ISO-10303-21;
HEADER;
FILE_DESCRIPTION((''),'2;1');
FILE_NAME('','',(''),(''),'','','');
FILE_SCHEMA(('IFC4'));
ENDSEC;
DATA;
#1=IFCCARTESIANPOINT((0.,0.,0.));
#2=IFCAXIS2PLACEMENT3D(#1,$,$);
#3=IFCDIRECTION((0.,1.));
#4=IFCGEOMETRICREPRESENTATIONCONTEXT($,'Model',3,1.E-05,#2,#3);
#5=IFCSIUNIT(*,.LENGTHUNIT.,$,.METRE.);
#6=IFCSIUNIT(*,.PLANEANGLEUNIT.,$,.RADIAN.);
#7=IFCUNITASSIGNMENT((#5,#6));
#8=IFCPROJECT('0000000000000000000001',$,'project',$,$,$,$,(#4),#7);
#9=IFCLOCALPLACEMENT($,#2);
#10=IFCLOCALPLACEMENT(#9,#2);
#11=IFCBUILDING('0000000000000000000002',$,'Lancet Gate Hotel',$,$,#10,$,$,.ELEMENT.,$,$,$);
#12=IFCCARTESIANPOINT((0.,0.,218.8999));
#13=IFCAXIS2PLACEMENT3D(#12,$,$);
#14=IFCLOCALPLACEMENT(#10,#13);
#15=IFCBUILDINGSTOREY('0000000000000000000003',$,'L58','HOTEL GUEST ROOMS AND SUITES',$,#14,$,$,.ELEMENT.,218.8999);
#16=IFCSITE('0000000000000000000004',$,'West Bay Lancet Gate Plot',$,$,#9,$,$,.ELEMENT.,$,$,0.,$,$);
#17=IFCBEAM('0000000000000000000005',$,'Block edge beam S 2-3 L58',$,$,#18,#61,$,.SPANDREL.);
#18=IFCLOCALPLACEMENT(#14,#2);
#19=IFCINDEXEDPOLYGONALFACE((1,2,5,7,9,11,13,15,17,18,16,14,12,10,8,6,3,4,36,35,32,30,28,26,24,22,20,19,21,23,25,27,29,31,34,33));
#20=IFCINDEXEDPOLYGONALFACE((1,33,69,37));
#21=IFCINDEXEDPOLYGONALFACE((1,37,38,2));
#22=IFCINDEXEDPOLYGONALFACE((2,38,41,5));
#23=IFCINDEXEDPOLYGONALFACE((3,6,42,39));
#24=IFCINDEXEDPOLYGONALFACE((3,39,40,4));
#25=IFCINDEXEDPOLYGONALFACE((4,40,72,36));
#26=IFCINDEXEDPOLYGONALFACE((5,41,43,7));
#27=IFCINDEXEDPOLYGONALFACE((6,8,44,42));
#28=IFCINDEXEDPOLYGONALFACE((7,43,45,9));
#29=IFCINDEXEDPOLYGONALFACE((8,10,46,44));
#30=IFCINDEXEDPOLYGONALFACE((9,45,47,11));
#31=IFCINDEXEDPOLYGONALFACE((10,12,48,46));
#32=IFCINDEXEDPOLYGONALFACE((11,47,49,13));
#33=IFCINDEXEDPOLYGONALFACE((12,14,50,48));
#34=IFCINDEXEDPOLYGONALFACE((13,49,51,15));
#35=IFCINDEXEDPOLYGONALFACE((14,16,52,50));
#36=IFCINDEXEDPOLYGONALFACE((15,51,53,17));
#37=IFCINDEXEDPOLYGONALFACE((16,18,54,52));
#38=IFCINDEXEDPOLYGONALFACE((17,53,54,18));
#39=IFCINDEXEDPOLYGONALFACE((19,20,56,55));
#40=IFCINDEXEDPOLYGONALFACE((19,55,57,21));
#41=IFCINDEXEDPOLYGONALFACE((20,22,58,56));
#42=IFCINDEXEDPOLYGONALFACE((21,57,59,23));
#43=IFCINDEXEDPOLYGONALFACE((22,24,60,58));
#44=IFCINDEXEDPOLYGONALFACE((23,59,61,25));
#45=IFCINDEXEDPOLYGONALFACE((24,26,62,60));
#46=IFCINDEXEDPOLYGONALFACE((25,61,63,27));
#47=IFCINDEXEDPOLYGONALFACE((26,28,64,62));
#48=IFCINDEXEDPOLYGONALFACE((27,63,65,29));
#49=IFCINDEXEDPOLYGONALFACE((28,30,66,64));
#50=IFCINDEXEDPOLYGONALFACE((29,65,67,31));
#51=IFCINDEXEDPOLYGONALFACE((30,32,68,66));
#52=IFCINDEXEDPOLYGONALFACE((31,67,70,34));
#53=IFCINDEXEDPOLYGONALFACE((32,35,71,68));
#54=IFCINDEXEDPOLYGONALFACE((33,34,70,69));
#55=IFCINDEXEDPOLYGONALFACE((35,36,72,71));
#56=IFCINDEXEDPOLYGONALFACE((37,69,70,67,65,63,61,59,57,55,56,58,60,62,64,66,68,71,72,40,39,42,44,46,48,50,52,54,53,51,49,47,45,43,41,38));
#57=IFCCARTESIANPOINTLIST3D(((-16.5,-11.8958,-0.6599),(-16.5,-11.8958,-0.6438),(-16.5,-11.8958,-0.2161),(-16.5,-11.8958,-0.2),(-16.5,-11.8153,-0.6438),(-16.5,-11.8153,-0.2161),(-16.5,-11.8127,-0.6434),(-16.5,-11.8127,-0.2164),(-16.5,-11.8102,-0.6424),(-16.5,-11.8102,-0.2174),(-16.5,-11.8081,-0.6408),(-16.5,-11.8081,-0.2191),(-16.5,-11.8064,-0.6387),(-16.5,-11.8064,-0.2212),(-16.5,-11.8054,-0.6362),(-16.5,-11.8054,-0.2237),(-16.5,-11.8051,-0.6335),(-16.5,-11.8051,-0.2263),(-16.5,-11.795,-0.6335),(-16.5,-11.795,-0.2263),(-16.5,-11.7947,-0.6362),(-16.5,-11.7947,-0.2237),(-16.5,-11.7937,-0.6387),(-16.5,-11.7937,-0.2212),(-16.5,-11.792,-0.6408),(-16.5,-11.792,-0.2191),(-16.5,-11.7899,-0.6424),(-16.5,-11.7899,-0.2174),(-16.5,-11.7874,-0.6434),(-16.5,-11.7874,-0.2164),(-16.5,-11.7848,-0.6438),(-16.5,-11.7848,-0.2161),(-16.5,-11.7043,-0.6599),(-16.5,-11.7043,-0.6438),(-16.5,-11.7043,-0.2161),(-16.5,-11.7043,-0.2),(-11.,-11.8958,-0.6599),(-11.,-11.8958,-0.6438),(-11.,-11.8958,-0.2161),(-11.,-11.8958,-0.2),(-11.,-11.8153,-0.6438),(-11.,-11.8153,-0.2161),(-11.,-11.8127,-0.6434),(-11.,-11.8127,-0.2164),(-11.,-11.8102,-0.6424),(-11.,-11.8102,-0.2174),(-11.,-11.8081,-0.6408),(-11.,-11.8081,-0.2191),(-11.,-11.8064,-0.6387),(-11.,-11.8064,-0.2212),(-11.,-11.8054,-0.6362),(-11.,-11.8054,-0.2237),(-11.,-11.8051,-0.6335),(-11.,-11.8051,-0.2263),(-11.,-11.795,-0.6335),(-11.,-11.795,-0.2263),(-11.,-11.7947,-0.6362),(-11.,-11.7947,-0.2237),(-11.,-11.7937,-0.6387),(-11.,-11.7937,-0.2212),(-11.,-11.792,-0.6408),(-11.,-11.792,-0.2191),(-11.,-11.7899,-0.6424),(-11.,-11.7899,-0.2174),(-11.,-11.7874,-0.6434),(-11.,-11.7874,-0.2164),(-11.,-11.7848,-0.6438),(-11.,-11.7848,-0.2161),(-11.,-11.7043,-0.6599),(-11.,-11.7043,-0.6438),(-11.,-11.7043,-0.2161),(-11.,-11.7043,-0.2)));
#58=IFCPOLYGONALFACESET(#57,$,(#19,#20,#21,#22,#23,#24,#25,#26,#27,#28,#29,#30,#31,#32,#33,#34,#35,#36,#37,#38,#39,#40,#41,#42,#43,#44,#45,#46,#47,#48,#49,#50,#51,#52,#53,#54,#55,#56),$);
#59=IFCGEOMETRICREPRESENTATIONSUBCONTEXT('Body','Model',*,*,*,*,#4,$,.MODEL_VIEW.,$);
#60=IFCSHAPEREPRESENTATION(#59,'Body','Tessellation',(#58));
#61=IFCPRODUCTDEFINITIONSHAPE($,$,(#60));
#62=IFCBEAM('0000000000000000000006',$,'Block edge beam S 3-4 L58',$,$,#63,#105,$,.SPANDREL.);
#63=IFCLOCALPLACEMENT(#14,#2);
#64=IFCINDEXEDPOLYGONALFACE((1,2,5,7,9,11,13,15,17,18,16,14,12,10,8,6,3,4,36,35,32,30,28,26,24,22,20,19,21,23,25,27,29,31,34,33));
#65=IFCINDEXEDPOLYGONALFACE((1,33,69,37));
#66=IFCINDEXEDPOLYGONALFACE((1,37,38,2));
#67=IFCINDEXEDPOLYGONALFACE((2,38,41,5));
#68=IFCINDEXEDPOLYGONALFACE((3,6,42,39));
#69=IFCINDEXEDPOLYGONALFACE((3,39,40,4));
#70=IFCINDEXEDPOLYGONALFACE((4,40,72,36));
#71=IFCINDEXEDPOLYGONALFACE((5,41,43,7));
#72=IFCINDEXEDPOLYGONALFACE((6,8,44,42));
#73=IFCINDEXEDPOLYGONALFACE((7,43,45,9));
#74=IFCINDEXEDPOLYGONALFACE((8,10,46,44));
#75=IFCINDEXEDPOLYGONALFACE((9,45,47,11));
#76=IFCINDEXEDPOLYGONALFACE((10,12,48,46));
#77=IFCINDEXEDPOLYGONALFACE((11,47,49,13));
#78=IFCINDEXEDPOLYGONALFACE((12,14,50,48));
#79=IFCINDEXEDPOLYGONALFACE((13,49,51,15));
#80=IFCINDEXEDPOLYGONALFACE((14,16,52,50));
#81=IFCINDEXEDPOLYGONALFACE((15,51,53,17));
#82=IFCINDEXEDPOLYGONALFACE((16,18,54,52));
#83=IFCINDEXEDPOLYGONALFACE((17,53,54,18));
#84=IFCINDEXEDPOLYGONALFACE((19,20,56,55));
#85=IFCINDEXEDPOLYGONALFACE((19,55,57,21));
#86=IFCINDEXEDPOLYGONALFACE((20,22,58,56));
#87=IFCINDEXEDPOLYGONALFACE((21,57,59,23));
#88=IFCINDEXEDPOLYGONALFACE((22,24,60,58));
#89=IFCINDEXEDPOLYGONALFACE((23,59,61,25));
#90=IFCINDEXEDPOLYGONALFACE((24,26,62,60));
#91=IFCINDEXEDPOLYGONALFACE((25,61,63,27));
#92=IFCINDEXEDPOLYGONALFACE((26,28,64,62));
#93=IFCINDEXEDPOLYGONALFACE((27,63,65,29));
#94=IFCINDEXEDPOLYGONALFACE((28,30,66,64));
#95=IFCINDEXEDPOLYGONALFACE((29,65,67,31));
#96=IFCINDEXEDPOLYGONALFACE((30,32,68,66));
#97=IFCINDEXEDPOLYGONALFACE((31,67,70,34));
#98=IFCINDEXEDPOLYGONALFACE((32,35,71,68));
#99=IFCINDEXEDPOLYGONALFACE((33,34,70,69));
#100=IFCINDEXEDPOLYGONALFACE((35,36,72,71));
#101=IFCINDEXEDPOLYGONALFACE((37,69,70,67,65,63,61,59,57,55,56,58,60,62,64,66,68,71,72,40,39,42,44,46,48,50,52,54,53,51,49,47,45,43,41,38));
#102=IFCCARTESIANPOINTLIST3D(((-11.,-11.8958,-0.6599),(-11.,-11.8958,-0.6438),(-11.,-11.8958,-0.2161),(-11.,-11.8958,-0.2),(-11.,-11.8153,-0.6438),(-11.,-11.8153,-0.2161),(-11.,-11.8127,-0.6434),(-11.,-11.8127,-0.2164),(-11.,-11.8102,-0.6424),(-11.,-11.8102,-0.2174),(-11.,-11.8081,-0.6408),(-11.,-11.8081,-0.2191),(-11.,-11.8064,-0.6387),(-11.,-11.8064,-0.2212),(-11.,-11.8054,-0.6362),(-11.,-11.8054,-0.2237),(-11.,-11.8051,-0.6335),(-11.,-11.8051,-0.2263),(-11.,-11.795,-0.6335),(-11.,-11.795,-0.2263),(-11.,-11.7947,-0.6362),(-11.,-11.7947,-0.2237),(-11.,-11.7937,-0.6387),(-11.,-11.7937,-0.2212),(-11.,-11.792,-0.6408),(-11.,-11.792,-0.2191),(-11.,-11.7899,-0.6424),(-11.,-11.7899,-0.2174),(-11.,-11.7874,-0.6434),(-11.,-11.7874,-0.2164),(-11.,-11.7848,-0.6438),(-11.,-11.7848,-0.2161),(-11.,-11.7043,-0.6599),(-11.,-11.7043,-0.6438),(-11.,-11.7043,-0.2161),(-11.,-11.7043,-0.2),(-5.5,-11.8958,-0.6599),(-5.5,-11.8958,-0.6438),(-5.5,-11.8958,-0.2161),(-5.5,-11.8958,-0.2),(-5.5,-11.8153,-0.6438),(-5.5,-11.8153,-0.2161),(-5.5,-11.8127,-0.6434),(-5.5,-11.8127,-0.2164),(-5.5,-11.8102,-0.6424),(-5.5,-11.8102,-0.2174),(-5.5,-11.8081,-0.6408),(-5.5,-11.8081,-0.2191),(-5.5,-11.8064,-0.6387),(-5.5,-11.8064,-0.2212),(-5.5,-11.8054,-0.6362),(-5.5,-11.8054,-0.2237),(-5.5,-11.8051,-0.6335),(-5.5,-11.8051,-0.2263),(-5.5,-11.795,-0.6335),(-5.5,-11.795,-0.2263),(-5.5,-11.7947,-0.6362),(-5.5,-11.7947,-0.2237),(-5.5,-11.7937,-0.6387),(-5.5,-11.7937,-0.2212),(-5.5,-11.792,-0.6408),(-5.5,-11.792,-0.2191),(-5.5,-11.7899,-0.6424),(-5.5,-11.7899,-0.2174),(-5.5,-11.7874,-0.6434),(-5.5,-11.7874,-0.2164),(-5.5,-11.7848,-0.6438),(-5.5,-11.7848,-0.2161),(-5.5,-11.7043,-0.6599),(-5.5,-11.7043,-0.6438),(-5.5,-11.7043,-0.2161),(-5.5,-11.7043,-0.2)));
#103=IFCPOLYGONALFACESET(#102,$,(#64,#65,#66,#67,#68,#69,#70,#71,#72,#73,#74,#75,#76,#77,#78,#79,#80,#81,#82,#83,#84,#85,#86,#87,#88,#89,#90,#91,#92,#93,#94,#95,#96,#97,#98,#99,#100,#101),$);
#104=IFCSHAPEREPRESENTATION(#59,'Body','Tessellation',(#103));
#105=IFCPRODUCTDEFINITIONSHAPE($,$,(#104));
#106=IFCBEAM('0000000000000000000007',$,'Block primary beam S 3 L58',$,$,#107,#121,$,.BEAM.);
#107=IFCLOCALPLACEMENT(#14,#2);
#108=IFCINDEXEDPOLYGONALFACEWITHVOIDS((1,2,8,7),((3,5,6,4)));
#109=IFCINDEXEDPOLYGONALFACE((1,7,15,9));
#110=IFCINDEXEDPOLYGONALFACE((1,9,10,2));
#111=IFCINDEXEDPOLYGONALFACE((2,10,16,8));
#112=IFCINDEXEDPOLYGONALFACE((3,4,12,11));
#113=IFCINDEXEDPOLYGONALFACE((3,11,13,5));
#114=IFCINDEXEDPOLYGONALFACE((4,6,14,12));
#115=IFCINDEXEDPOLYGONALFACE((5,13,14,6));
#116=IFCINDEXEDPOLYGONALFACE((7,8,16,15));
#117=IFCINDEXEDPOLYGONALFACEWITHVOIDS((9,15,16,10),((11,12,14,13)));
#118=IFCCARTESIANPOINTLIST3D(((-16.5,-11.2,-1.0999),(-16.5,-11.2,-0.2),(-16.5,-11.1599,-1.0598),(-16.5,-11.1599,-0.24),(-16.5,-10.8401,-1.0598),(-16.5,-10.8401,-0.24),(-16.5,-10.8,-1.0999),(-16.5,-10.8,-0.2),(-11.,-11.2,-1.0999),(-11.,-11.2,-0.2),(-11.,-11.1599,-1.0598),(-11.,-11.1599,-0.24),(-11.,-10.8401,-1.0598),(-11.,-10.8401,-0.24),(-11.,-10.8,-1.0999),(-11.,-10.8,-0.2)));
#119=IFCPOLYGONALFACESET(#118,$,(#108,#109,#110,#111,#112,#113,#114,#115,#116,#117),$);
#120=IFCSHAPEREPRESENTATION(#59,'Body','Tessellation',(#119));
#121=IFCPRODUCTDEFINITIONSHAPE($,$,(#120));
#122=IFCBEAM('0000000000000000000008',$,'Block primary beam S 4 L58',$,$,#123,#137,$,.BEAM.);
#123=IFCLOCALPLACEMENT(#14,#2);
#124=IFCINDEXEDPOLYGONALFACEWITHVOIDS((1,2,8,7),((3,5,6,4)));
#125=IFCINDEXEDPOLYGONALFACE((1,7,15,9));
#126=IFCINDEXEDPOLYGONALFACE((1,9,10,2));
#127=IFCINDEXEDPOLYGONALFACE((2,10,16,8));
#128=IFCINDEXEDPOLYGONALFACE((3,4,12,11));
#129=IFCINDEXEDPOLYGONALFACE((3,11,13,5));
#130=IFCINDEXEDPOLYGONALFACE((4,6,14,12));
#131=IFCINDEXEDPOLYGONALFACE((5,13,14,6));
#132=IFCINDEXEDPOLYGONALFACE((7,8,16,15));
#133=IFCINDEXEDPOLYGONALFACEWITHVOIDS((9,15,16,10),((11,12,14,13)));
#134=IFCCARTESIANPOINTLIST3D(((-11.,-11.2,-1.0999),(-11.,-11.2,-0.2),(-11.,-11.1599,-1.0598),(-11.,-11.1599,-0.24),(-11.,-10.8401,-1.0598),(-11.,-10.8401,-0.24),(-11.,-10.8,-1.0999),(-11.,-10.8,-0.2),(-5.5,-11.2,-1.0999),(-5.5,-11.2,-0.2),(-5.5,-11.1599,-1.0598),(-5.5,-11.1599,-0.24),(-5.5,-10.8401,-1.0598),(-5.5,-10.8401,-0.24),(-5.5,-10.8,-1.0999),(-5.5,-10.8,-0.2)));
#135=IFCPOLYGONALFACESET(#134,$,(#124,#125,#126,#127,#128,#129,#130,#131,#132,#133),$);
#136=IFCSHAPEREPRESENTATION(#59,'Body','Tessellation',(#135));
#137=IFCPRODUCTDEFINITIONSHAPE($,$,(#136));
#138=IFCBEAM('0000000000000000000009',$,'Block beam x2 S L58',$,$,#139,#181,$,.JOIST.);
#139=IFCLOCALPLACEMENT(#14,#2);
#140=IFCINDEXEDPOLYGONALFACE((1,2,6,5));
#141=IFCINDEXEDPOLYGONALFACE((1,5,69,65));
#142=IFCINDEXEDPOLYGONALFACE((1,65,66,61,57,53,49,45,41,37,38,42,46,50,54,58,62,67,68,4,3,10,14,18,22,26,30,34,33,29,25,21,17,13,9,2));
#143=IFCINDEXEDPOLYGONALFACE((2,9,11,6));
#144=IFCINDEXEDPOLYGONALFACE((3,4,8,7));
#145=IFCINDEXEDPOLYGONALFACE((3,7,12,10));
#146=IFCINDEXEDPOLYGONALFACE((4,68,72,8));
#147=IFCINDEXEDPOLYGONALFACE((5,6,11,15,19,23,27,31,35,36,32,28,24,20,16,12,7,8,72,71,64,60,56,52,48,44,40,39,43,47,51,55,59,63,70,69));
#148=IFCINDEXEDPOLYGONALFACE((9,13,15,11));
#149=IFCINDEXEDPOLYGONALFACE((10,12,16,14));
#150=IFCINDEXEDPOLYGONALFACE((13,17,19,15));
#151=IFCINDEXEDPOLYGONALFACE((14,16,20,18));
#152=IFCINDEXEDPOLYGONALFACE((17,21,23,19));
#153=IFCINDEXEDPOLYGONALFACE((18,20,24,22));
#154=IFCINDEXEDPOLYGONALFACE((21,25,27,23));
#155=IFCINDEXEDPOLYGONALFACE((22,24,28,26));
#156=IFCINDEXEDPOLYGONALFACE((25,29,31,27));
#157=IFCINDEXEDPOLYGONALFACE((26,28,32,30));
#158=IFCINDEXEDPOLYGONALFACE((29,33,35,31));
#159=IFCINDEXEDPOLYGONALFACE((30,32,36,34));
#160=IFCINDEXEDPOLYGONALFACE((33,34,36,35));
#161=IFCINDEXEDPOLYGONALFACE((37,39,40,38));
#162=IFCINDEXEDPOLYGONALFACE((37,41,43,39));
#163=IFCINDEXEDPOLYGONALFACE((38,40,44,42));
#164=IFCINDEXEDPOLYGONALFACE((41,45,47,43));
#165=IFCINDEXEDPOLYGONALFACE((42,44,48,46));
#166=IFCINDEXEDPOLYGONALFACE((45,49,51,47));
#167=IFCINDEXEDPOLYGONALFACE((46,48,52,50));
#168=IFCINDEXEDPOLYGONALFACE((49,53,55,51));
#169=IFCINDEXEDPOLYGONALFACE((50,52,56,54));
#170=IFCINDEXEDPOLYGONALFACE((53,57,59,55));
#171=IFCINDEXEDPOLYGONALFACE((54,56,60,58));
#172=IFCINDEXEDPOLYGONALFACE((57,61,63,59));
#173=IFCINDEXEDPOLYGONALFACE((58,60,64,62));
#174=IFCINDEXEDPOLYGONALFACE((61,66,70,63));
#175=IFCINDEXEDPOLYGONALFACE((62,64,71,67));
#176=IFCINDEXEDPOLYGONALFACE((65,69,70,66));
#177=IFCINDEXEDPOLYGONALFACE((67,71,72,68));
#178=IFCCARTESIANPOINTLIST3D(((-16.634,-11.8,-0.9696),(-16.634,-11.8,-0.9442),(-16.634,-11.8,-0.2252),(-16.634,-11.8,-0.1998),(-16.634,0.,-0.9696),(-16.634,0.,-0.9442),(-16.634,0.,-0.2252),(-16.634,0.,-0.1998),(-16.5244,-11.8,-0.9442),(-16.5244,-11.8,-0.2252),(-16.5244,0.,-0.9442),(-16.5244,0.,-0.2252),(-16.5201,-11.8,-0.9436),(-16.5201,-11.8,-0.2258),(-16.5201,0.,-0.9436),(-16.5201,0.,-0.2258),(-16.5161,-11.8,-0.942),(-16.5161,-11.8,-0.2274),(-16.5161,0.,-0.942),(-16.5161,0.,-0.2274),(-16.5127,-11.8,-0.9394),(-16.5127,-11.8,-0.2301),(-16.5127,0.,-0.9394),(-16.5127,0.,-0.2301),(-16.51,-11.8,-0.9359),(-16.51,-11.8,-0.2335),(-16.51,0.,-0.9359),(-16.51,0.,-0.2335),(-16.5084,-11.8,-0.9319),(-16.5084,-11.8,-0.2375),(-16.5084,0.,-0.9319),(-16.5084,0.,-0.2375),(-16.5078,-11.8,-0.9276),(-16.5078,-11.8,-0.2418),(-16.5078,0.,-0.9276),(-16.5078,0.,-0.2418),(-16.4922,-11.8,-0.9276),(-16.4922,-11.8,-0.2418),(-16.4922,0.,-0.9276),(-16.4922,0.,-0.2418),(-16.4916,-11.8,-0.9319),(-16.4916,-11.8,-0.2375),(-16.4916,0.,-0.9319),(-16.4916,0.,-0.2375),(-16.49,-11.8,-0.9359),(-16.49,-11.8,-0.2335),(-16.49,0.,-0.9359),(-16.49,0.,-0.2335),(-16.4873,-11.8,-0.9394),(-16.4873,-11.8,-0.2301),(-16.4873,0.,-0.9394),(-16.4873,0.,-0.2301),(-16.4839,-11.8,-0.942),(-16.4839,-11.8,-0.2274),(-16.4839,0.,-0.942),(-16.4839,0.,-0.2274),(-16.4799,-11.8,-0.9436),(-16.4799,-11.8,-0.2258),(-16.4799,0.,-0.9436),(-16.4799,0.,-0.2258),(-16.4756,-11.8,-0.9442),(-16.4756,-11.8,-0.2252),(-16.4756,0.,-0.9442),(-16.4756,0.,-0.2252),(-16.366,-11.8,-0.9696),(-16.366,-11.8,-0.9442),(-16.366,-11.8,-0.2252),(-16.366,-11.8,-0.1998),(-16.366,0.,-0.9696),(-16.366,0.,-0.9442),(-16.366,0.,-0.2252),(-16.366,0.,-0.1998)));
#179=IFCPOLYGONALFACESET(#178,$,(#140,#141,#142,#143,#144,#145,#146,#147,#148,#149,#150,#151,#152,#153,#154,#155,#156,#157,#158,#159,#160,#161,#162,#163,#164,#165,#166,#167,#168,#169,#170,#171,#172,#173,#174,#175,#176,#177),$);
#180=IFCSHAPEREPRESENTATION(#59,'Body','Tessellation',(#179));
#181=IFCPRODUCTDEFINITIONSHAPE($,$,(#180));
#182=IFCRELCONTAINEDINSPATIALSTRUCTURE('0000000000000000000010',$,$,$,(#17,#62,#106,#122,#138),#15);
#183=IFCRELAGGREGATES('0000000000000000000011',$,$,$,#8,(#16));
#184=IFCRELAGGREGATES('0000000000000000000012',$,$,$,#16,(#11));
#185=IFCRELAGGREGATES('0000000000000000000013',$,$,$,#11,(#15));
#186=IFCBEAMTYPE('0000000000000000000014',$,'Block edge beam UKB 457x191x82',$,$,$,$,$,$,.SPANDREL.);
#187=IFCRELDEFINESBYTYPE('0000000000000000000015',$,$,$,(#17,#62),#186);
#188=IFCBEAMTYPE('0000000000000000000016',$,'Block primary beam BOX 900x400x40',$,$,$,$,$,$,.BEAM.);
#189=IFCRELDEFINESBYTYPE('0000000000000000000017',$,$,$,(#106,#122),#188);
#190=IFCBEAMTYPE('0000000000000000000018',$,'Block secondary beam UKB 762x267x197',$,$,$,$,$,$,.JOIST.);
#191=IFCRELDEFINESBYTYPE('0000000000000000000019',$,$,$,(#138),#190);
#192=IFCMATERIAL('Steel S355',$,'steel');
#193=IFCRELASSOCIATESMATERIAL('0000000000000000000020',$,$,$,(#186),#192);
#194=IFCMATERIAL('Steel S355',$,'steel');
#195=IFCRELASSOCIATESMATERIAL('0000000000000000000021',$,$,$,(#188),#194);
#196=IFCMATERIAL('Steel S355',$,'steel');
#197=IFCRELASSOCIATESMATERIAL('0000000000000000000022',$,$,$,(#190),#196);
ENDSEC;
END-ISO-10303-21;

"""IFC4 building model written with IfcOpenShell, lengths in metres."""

from ifc_helpers import new_model, si_unit, direction, frame, origin, origin_2d, place, context, subcontext, project, spatial, hollow_rectangle, i_section, extrude, material, material_profile, profile_set, type_object, element, save


model = new_model("IFC4")

# Units and contexts
model_context = context("Model", 3, precision=1e-05, world=origin(), true_north=direction((0.0, 1.0)))
body_context = subcontext(model_context, "Body", "Model", "MODEL_VIEW")
ifc_project = project(units=[si_unit("LENGTHUNIT", "METRE"), si_unit("PLANEANGLEUNIT", "RADIAN")], contexts=[model_context])

# Site, building, storey
site_placement = place(None, origin())
site = spatial("IfcSite", under=ifc_project, at=site_placement, Name="West Bay Lancet Gate Plot", CompositionType="ELEMENT", RefElevation=0.0)
building_placement = place(site_placement, origin())
building = spatial("IfcBuilding", under=site, at=building_placement, Name="Lancet Gate Hotel", CompositionType="ELEMENT")
storey_placement = place(building_placement, frame((0.0, 0.0, 218.8999)))
storey = spatial("IfcBuildingStorey", under=building, at=storey_placement, Name="L58", Description="HOTEL GUEST ROOMS AND SUITES", CompositionType="ELEMENT", Elevation=218.8999)

# Beams
ifc_material_1 = material(Name="Steel S355", Category="steel")
ifc_material_profile_1 = material_profile(ifc_material_1, i_section(OverallWidth=0.1914, OverallDepth=0.46, WebThickness=0.01, FlangeThickness=0.0161, FilletRadius=0.0103, at=origin_2d()), Name="UKB 457x191x82")
ifc_profile_set_1 = profile_set([ifc_material_profile_1], Name="Steel S355")
beam_type_1 = type_object("IfcBeamType", Name="Block edge beam UKB 457x191x82", PredefinedType="SPANDREL", material=ifc_profile_set_1)
for number, where, z_axis, x_axis, name in (
    (1, (-16.5, -11.8, -0.4299), (1.0, 0.0, 0.0), (0.0, 1.0, 0.0), "Block edge beam S 2-3 L58"),
    (2, (-11.0, -11.8, -0.4299), (1.0, 0.0, 0.0), (0.0, 1.0, 0.0), "Block edge beam S 3-4 L58"),
):
    element("IfcBeam", number, at=place(storey_placement, frame(where, z_axis=z_axis, x_axis=x_axis)), inside=storey, type_object=beam_type_1, Name=name, PredefinedType="SPANDREL", context=body_context, shape_type="SweptSolid", body=[
        extrude(i_section(OverallWidth=0.1914, OverallDepth=0.46, WebThickness=0.01, FlangeThickness=0.0161, FilletRadius=0.0103, at=origin_2d()), origin(), (0.0, 0.0, 1.0), 5.5),
    ])
ifc_material_2 = material(Name="Steel S355", Category="steel")
ifc_material_profile_2 = material_profile(ifc_material_2, hollow_rectangle(XDim=0.3999, YDim=0.8999, WallThickness=0.04, at=origin_2d()), Name="BOX 900x400x40")
ifc_profile_set_2 = profile_set([ifc_material_profile_2], Name="Steel S355")
beam_type_2 = type_object("IfcBeamType", Name="Block primary beam BOX 900x400x40", PredefinedType="BEAM", material=ifc_profile_set_2)
for number, where, z_axis, x_axis, name in (
    (3, (-16.5, -11.0, -0.6499), (1.0, 0.0, 0.0), (0.0, 1.0, 0.0), "Block primary beam S 3 L58"),
    (4, (-11.0, -11.0, -0.6499), (1.0, 0.0, 0.0), (0.0, 1.0, 0.0), "Block primary beam S 4 L58"),
):
    element("IfcBeam", number, at=place(storey_placement, frame(where, z_axis=z_axis, x_axis=x_axis)), inside=storey, type_object=beam_type_2, Name=name, PredefinedType="BEAM", context=body_context, shape_type="SweptSolid", body=[
        extrude(hollow_rectangle(XDim=0.3999, YDim=0.8999, WallThickness=0.04, at=origin_2d()), origin(), (0.0, 0.0, 1.0), 5.5),
    ])
ifc_material_3 = material(Name="Steel S355", Category="steel")
ifc_material_profile_3 = material_profile(ifc_material_3, i_section(OverallWidth=0.2681, OverallDepth=0.7698, WebThickness=0.0156, FlangeThickness=0.0254, FilletRadius=0.0166, at=origin_2d()), Name="UKB 762x267x197")
ifc_profile_set_3 = profile_set([ifc_material_profile_3], Name="Steel S355")
beam_type_3 = type_object("IfcBeamType", Name="Block secondary beam UKB 762x267x197", PredefinedType="JOIST", material=ifc_profile_set_3)
for number, where, z_axis, x_axis, name in (
    (5, (-16.5, -11.8, -0.5847), (0.0, 1.0, 0.0), (-1.0, 0.0, 0.0), "Block beam x2 S L58"),
):
    element("IfcBeam", number, at=place(storey_placement, frame(where, z_axis=z_axis, x_axis=x_axis)), inside=storey, type_object=beam_type_3, Name=name, PredefinedType="JOIST", context=body_context, shape_type="SweptSolid", body=[
        extrude(i_section(OverallWidth=0.2681, OverallDepth=0.7698, WebThickness=0.0156, FlangeThickness=0.0254, FilletRadius=0.0166, at=origin_2d()), origin(), (0.0, 0.0, 1.0), 11.8),
    ])

save(model, "model.ifc")
